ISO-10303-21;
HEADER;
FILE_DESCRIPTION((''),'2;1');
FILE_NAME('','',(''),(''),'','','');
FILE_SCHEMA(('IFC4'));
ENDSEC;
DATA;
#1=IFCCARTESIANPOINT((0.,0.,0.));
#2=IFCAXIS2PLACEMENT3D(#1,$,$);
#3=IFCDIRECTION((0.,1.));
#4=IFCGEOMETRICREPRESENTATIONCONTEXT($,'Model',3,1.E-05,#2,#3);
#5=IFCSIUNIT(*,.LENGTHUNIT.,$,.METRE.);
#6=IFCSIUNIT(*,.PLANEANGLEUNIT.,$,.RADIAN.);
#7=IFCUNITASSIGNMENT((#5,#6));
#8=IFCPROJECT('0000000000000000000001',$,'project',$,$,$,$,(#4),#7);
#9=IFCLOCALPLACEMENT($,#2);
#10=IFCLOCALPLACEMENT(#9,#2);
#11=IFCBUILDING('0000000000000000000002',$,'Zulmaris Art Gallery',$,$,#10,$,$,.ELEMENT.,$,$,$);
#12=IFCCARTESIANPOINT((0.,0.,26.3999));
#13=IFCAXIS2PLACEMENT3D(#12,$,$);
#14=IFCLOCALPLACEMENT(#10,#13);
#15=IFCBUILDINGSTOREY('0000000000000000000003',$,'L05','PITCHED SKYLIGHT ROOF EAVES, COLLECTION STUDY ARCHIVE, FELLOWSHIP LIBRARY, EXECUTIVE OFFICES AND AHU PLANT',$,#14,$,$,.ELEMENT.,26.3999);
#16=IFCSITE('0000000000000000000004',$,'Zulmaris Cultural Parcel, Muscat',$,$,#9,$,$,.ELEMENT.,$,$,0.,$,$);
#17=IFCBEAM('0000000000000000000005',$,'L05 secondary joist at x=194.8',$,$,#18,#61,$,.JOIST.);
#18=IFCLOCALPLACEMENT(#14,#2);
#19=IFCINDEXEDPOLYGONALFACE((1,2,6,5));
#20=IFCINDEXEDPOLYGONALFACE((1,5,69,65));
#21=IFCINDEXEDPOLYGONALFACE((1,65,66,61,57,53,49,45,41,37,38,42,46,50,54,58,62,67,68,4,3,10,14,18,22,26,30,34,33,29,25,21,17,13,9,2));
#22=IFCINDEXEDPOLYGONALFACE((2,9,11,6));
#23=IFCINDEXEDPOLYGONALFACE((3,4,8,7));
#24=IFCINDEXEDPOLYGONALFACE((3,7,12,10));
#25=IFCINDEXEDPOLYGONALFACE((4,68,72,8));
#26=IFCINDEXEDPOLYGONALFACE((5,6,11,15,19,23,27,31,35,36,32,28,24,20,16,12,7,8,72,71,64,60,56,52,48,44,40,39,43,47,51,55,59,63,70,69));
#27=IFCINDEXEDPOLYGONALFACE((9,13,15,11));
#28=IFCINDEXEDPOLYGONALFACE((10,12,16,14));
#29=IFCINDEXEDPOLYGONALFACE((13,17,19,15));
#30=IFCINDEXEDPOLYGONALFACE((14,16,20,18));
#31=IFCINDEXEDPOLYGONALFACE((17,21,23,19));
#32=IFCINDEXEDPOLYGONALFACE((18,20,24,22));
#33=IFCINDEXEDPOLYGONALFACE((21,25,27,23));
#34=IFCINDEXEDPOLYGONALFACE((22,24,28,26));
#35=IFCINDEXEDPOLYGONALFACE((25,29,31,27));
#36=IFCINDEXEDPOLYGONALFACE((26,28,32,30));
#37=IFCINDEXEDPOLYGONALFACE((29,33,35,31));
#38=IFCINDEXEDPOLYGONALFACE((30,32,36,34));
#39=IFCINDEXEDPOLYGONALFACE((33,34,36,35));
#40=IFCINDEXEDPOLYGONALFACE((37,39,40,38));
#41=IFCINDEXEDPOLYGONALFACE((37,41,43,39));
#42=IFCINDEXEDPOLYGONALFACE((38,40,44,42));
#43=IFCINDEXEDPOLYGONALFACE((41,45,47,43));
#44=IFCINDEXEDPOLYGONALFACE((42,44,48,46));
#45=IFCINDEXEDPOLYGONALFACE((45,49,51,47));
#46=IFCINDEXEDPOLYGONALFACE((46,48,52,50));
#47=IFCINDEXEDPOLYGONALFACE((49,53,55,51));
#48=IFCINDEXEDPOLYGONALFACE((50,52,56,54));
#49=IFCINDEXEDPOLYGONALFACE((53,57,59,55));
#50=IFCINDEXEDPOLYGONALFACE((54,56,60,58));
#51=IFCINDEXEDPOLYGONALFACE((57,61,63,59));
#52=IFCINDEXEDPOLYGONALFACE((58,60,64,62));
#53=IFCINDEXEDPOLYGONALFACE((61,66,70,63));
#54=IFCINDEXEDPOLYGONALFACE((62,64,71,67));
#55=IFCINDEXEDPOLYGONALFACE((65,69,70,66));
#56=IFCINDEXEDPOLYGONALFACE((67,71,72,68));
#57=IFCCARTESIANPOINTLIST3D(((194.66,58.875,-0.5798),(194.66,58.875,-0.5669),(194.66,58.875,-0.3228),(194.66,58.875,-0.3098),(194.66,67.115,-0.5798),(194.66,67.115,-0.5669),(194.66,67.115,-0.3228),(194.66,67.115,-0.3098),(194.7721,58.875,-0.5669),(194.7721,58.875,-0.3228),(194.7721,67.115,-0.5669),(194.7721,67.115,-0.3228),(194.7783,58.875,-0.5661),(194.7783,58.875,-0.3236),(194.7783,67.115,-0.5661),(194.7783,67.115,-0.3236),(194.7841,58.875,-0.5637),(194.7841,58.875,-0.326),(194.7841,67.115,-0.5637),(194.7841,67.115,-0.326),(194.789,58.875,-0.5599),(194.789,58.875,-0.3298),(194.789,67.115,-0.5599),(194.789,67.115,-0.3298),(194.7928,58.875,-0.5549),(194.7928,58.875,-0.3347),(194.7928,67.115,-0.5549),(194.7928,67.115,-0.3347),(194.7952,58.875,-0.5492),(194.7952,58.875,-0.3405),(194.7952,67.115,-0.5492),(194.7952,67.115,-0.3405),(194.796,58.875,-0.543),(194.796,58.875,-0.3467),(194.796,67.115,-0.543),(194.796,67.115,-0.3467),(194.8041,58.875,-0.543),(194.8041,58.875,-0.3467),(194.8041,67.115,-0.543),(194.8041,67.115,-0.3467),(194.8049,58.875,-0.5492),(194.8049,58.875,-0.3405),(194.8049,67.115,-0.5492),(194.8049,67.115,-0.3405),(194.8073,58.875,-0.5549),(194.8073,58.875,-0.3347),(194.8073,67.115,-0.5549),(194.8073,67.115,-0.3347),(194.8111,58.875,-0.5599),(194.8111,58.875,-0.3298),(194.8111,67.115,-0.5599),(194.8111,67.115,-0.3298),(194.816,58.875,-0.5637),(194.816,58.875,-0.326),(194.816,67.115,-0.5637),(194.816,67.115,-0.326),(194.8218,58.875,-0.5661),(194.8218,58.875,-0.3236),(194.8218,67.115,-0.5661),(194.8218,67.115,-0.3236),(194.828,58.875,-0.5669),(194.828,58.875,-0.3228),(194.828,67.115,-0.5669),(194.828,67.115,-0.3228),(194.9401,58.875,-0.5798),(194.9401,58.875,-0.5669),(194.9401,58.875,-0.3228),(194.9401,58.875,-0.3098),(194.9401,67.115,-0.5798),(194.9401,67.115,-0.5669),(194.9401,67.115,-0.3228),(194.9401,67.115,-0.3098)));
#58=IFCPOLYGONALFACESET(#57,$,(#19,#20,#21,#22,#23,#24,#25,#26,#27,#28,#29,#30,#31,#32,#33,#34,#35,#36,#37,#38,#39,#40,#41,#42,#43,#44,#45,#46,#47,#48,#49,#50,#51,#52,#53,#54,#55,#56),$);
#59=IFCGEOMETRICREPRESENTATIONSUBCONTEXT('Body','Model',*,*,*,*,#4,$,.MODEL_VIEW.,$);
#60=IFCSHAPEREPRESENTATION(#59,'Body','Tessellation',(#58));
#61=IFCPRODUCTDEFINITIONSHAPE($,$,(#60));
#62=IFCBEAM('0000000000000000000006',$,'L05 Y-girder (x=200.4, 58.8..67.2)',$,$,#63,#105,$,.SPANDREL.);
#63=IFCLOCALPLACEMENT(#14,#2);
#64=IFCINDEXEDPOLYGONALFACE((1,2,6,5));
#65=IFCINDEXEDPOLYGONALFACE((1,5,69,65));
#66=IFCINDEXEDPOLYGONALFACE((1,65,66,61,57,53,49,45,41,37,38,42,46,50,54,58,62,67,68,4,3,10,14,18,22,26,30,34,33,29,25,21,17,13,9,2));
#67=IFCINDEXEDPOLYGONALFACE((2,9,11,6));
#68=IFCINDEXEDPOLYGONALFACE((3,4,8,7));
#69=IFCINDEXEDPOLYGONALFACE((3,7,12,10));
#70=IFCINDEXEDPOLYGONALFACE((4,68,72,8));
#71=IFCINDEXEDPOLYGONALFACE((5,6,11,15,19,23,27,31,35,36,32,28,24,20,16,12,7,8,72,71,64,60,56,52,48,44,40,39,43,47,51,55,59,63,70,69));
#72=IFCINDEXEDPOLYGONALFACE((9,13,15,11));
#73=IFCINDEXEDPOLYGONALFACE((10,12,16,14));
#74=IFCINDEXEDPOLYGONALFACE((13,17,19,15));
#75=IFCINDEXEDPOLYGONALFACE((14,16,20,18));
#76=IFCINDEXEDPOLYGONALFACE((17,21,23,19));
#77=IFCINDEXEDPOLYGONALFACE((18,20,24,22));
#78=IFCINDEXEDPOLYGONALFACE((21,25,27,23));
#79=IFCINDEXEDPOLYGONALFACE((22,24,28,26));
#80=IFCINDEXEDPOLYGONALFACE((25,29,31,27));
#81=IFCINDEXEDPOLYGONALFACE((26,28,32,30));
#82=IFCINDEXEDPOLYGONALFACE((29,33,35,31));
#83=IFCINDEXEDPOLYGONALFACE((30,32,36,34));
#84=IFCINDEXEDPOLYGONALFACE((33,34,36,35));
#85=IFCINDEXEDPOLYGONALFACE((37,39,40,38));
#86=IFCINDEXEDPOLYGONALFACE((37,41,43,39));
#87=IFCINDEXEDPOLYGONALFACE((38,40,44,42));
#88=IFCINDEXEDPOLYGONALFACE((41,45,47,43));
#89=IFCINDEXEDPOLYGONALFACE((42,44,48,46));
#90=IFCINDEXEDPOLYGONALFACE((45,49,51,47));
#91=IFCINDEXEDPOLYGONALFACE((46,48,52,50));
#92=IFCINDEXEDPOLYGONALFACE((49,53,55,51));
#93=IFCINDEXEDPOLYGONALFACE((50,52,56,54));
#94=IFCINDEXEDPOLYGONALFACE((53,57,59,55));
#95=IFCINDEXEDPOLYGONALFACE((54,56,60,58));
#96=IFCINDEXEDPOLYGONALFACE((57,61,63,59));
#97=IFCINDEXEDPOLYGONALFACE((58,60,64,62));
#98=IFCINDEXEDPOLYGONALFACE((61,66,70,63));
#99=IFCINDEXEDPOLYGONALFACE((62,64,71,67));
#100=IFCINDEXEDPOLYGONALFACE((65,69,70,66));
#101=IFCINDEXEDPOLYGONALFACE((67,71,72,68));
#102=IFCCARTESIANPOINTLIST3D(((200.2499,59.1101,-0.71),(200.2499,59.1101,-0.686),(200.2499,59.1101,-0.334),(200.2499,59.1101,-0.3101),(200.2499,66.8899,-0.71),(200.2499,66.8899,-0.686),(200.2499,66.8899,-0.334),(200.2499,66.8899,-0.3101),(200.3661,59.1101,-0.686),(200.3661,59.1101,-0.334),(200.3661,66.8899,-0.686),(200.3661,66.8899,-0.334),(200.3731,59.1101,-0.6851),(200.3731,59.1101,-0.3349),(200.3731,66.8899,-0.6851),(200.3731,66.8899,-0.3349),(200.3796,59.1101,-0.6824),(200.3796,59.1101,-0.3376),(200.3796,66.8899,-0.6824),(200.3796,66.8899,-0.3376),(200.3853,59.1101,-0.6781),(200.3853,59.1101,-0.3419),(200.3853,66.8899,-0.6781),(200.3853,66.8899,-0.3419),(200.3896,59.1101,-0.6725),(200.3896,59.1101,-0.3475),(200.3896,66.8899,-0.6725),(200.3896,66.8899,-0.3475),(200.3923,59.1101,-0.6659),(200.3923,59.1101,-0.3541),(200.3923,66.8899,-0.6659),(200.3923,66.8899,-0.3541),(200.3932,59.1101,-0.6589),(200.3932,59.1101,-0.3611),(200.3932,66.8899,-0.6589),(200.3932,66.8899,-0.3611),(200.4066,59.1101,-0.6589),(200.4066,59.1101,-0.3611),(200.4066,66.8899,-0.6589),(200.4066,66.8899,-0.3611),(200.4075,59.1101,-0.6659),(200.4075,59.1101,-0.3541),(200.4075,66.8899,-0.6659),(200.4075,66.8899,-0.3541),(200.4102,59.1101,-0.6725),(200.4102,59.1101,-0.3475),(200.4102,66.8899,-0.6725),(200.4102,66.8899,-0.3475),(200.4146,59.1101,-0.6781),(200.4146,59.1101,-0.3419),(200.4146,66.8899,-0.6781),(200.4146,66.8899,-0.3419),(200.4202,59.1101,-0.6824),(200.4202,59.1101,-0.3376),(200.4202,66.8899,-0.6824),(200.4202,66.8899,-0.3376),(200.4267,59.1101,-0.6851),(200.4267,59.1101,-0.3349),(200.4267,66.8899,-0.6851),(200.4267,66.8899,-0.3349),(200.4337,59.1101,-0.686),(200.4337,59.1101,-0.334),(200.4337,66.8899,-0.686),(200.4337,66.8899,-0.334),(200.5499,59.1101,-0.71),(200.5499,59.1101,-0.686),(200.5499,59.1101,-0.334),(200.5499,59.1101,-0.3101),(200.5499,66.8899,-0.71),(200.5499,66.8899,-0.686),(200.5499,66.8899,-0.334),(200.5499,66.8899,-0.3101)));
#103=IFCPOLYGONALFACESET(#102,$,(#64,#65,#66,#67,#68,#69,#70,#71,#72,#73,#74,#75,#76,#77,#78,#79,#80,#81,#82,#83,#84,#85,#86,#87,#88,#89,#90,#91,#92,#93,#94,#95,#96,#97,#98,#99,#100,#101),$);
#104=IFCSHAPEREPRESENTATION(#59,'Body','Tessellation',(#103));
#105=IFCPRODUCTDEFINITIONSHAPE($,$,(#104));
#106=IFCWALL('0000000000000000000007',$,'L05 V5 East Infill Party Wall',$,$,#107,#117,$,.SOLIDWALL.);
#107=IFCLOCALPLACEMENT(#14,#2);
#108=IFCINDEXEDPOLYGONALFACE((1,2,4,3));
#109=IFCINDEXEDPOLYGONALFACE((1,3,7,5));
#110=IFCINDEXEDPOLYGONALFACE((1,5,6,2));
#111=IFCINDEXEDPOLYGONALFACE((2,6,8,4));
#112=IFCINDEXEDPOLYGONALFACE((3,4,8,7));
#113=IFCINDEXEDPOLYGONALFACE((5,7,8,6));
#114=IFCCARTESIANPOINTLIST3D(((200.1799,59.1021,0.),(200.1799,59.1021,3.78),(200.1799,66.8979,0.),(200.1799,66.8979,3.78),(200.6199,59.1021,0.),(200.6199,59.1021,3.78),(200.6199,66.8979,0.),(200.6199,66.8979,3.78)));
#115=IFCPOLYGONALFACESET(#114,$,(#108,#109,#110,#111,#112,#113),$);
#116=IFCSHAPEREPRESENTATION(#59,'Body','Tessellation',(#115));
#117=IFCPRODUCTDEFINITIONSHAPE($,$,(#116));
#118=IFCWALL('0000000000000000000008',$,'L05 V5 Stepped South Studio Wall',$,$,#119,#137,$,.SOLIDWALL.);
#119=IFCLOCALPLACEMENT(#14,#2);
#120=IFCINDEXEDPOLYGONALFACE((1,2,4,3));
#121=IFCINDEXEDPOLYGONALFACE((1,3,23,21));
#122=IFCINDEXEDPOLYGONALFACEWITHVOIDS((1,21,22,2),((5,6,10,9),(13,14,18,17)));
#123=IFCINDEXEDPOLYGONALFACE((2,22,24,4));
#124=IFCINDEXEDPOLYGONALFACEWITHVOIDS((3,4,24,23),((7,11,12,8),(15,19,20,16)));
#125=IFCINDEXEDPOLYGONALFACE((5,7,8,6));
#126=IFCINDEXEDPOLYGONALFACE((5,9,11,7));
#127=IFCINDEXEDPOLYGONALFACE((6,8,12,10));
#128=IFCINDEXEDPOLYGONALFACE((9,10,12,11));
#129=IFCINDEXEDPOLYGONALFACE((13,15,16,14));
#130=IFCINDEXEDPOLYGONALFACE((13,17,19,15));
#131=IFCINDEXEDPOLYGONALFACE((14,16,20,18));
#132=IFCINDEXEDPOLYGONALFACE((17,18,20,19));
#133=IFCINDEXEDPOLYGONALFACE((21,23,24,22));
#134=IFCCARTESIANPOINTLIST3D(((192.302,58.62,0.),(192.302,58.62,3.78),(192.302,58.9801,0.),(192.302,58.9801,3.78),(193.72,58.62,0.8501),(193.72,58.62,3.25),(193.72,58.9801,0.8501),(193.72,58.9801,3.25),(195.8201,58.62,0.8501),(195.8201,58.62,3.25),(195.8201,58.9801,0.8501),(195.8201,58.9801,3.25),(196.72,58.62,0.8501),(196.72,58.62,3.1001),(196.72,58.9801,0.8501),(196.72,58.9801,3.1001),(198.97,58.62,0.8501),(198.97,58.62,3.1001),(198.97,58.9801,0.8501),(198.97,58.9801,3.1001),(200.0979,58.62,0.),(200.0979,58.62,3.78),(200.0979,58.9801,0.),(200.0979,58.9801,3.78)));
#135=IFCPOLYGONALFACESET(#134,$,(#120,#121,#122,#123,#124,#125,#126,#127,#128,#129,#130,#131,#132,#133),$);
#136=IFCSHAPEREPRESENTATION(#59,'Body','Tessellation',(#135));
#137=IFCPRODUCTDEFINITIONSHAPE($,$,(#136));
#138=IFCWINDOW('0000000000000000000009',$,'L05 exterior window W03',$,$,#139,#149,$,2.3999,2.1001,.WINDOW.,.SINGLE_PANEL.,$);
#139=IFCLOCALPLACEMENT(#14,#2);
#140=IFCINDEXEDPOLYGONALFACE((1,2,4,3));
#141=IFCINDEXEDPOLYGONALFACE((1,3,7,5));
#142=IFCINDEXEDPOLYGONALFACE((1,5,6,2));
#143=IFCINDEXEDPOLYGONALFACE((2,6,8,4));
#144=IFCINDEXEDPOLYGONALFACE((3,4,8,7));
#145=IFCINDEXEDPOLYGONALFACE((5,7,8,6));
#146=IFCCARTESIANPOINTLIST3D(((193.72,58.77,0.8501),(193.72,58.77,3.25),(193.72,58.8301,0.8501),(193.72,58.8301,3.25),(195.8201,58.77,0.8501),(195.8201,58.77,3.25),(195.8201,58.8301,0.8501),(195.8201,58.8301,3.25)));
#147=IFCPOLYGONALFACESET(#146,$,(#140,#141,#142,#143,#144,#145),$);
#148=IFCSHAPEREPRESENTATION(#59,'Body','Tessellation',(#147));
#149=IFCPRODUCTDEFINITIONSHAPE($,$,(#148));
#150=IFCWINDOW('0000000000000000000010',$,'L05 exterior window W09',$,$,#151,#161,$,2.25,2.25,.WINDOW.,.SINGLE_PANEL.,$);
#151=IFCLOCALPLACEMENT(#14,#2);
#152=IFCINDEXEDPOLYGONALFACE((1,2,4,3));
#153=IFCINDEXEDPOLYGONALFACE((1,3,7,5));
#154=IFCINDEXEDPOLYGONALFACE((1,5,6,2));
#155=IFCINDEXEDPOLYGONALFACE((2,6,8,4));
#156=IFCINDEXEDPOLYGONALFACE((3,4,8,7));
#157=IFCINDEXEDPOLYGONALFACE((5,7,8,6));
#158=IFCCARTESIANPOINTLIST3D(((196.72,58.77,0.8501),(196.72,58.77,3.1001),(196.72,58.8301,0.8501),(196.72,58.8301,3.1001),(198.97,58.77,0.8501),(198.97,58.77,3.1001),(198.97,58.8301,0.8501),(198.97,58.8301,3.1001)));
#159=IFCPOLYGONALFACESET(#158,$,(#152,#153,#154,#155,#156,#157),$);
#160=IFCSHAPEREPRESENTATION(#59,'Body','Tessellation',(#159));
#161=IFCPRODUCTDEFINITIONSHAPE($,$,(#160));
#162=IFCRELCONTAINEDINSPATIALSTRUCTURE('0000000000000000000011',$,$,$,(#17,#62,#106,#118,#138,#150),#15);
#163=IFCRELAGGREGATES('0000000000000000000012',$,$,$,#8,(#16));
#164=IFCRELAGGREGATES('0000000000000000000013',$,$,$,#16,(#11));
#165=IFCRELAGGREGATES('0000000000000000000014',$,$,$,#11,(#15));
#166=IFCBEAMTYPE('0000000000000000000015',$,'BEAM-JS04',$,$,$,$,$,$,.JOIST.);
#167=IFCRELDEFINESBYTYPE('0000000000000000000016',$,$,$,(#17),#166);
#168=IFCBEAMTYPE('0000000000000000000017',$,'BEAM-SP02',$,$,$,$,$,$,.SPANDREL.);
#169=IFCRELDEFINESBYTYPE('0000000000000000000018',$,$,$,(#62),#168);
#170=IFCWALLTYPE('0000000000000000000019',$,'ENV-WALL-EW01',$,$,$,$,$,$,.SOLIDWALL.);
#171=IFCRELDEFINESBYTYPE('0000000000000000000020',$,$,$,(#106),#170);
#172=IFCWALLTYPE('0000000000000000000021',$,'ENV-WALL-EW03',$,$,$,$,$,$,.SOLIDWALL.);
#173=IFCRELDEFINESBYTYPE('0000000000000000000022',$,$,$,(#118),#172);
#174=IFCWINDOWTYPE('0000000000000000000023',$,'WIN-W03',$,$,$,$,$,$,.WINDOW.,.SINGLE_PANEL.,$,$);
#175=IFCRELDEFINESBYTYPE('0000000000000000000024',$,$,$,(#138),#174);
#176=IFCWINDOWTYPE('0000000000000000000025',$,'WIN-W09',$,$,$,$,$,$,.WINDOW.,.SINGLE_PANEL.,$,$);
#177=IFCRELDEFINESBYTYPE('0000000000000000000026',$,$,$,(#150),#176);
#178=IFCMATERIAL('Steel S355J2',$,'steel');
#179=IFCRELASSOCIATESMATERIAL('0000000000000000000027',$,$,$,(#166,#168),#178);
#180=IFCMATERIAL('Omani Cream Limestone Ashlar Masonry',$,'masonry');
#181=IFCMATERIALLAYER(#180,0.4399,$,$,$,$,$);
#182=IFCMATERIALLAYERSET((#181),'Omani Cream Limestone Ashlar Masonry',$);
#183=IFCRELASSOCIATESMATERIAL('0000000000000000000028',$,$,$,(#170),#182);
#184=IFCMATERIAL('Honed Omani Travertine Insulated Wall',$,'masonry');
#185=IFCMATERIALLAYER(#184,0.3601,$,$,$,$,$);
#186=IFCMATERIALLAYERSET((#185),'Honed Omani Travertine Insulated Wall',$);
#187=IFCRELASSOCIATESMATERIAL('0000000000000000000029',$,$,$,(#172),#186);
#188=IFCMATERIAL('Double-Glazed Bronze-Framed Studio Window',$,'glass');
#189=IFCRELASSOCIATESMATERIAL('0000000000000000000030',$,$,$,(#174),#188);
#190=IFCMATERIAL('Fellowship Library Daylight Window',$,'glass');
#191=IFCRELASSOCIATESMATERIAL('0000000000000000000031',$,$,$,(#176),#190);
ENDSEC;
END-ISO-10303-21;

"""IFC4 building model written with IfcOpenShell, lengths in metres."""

from ifc_helpers import new_model, si_unit, direction, frame, frame_2d, origin, origin_2d, place, context, subcontext, project, spatial, rectangle, i_section, extrude, material, layer, layer_set, material_profile, profile_set, type_object, element, fill, save


model = new_model("IFC4")

# Units and contexts
model_context = context("Model", 3, precision=1e-05, world=origin(), true_north=direction((0.0, 1.0)))
body_context = subcontext(model_context, "Body", "Model", "MODEL_VIEW")
ifc_project = project(units=[si_unit("LENGTHUNIT", "METRE"), si_unit("PLANEANGLEUNIT", "RADIAN")], contexts=[model_context])

# Site, building, storey
site_placement = place(None, origin())
site = spatial("IfcSite", under=ifc_project, at=site_placement, Name="Zulmaris Cultural Parcel, Muscat", CompositionType="ELEMENT", RefElevation=0.0)
building_placement = place(site_placement, origin())
building = spatial("IfcBuilding", under=site, at=building_placement, Name="Zulmaris Art Gallery", CompositionType="ELEMENT")
storey_placement = place(building_placement, frame((0.0, 0.0, 26.3999)))
storey = spatial("IfcBuildingStorey", under=building, at=storey_placement, Name="L05", Description="PITCHED SKYLIGHT ROOF EAVES, COLLECTION STUDY ARCHIVE, FELLOWSHIP LIBRARY, EXECUTIVE OFFICES AND AHU PLANT", CompositionType="ELEMENT", Elevation=26.3999)

# Beams
ifc_material_1 = material(Name="Steel S355J2", Category="steel")
ifc_material_profile_1 = material_profile(ifc_material_1, i_section(OverallWidth=0.28, OverallDepth=0.27, WebThickness=0.0081, FlangeThickness=0.0129, FilletRadius=0.0239, at=origin_2d()), Name="HEA 280")
ifc_profile_set_1 = profile_set([ifc_material_profile_1], Name="Steel S355J2")
beam_type_1 = type_object("IfcBeamType", Name="BEAM-JS04", PredefinedType="JOIST", material=ifc_profile_set_1)
beam_1_placement = place(storey_placement, frame((194.8, 58.875, -0.4448), z_axis=(0.0, 1.0, 0.0), x_axis=(-1.0, 0.0, 0.0)))
element("IfcBeam", 1, at=beam_1_placement, inside=storey, type_object=beam_type_1, Name="L05 secondary joist at x=194.8", PredefinedType="JOIST", context=body_context, shape_type="SweptSolid", body=[
    extrude(i_section(OverallWidth=0.28, OverallDepth=0.27, WebThickness=0.0081, FlangeThickness=0.0129, FilletRadius=0.0239, at=origin_2d()), origin(), (0.0, 0.0, 1.0), 8.24),
])
ifc_material_profile_2 = material_profile(ifc_material_1, i_section(OverallWidth=0.3, OverallDepth=0.3999, WebThickness=0.0134, FlangeThickness=0.0239, FilletRadius=0.0271, at=origin_2d()), Name="HEB 400")
ifc_profile_set_2 = profile_set([ifc_material_profile_2], Name="Steel S355J2")
beam_type_2 = type_object("IfcBeamType", Name="BEAM-SP02", PredefinedType="SPANDREL", material=ifc_profile_set_2)
beam_2_placement = place(storey_placement, frame((200.3999, 59.1101, -0.51), z_axis=(0.0, 1.0, 0.0), x_axis=(-1.0, 0.0, 0.0)))
element("IfcBeam", 2, at=beam_2_placement, inside=storey, type_object=beam_type_2, Name="L05 Y-girder (x=200.4, 58.8..67.2)", PredefinedType="SPANDREL", context=body_context, shape_type="SweptSolid", body=[
    extrude(i_section(OverallWidth=0.3, OverallDepth=0.3999, WebThickness=0.0134, FlangeThickness=0.0239, FilletRadius=0.0271, at=origin_2d()), origin(), (0.0, 0.0, 1.0), 7.7798),
])

# Wall
ifc_material_2 = material(Name="Omani Cream Limestone Ashlar Masonry", Category="masonry")
ifc_layer_1 = layer(ifc_material_2, 0.4399)
ifc_layer_set_1 = layer_set([ifc_layer_1], Name="Omani Cream Limestone Ashlar Masonry")
wall_type_1 = type_object("IfcWallType", Name="ENV-WALL-EW01", PredefinedType="SOLIDWALL", material=ifc_layer_set_1)
wall_1_placement = place(storey_placement, frame((200.3999, 59.1021, 0.0), z_axis=(0.0, 0.0, 1.0), x_axis=(0.0, 1.0, 0.0)))
element("IfcWall", 3, at=wall_1_placement, inside=storey, type_object=wall_type_1, Name="L05 V5 East Infill Party Wall", PredefinedType="SOLIDWALL", context=body_context, shape_type="SweptSolid", body=[
    extrude(rectangle(XDim=7.7959, YDim=0.4399, at=frame_2d((3.8979, 0.0))), origin(), (0.0, 0.0, 1.0), 3.78),
])

# Wall, openings, windows
ifc_material_3 = material(Name="Honed Omani Travertine Insulated Wall", Category="masonry")
ifc_layer_2 = layer(ifc_material_3, 0.3601)
ifc_layer_set_2 = layer_set([ifc_layer_2], Name="Honed Omani Travertine Insulated Wall")
wall_type_2 = type_object("IfcWallType", Name="ENV-WALL-EW03", PredefinedType="SOLIDWALL", material=ifc_layer_set_2)
wall_2_placement = place(storey_placement, frame((192.302, 58.8, 0.0), z_axis=(0.0, 0.0, 1.0), x_axis=(1.0, 0.0, 0.0)))
wall_2 = element("IfcWall", 4, at=wall_2_placement, inside=storey, type_object=wall_type_2, Name="L05 V5 Stepped South Studio Wall", PredefinedType="SOLIDWALL", context=body_context, shape_type="SweptSolid", body=[
    extrude(rectangle(XDim=7.7959, YDim=0.3601, at=frame_2d((3.8979, 0.0))), origin(), (0.0, 0.0, 1.0), 3.78),
])
opening_1_placement = place(wall_2_placement, frame((1.418, 0.0, 0.8501)))
opening_1 = element("IfcOpeningElement", 5, at=opening_1_placement, cuts=wall_2, PredefinedType="OPENING", context=body_context, shape_type="SweptSolid", body=[
    extrude(rectangle(XDim=2.1001, YDim=2.3999, at=frame_2d((1.05, 1.2))), frame((0.0, 0.1899, 0.0), z_axis=(0.0, -1.0, 0.0), x_axis=(1.0, 0.0, 0.0)), (0.0, 0.0, 1.0), 0.3801),
])
opening_2_placement = place(wall_2_placement, frame((4.418, 0.0, 0.8501)))
opening_2 = element("IfcOpeningElement", 6, at=opening_2_placement, cuts=wall_2, PredefinedType="OPENING", context=body_context, shape_type="SweptSolid", body=[
    extrude(rectangle(XDim=2.25, YDim=2.25, at=frame_2d((1.125, 1.125))), frame((0.0, 0.1899, 0.0), z_axis=(0.0, -1.0, 0.0), x_axis=(1.0, 0.0, 0.0)), (0.0, 0.0, 1.0), 0.3801),
])
ifc_material_4 = material(Name="Double-Glazed Bronze-Framed Studio Window", Category="glass")
window_type_1 = type_object("IfcWindowType", Name="WIN-W03", PartitioningType="SINGLE_PANEL", PredefinedType="WINDOW", material=ifc_material_4)
window_1_placement = place(opening_1_placement, origin())
window_1 = element("IfcWindow", 7, at=window_1_placement, inside=storey, type_object=window_type_1, Name="L05 exterior window W03", OverallHeight=2.3999, OverallWidth=2.1001, PartitioningType="SINGLE_PANEL", PredefinedType="WINDOW", context=body_context, shape_type="SweptSolid", body=[
    extrude(rectangle(XDim=2.1001, YDim=2.3999, at=frame_2d((1.05, 1.2))), frame((0.0, 0.03, 0.0), z_axis=(0.0, -1.0, 0.0), x_axis=(1.0, 0.0, 0.0)), (0.0, 0.0, 1.0), 0.0601),
])
fill(opening_1, window_1)
ifc_material_5 = material(Name="Fellowship Library Daylight Window", Category="glass")
window_type_2 = type_object("IfcWindowType", Name="WIN-W09", PartitioningType="SINGLE_PANEL", PredefinedType="WINDOW", material=ifc_material_5)
window_2_placement = place(opening_2_placement, origin())
window_2 = element("IfcWindow", 8, at=window_2_placement, inside=storey, type_object=window_type_2, Name="L05 exterior window W09", OverallHeight=2.25, OverallWidth=2.25, PartitioningType="SINGLE_PANEL", PredefinedType="WINDOW", context=body_context, shape_type="SweptSolid", body=[
    extrude(rectangle(XDim=2.25, YDim=2.25, at=frame_2d((1.125, 1.125))), frame((0.0, 0.03, 0.0), z_axis=(0.0, -1.0, 0.0), x_axis=(1.0, 0.0, 0.0)), (0.0, 0.0, 1.0), 0.0601),
])
fill(opening_2, window_2)

save(model, "model.ifc")
